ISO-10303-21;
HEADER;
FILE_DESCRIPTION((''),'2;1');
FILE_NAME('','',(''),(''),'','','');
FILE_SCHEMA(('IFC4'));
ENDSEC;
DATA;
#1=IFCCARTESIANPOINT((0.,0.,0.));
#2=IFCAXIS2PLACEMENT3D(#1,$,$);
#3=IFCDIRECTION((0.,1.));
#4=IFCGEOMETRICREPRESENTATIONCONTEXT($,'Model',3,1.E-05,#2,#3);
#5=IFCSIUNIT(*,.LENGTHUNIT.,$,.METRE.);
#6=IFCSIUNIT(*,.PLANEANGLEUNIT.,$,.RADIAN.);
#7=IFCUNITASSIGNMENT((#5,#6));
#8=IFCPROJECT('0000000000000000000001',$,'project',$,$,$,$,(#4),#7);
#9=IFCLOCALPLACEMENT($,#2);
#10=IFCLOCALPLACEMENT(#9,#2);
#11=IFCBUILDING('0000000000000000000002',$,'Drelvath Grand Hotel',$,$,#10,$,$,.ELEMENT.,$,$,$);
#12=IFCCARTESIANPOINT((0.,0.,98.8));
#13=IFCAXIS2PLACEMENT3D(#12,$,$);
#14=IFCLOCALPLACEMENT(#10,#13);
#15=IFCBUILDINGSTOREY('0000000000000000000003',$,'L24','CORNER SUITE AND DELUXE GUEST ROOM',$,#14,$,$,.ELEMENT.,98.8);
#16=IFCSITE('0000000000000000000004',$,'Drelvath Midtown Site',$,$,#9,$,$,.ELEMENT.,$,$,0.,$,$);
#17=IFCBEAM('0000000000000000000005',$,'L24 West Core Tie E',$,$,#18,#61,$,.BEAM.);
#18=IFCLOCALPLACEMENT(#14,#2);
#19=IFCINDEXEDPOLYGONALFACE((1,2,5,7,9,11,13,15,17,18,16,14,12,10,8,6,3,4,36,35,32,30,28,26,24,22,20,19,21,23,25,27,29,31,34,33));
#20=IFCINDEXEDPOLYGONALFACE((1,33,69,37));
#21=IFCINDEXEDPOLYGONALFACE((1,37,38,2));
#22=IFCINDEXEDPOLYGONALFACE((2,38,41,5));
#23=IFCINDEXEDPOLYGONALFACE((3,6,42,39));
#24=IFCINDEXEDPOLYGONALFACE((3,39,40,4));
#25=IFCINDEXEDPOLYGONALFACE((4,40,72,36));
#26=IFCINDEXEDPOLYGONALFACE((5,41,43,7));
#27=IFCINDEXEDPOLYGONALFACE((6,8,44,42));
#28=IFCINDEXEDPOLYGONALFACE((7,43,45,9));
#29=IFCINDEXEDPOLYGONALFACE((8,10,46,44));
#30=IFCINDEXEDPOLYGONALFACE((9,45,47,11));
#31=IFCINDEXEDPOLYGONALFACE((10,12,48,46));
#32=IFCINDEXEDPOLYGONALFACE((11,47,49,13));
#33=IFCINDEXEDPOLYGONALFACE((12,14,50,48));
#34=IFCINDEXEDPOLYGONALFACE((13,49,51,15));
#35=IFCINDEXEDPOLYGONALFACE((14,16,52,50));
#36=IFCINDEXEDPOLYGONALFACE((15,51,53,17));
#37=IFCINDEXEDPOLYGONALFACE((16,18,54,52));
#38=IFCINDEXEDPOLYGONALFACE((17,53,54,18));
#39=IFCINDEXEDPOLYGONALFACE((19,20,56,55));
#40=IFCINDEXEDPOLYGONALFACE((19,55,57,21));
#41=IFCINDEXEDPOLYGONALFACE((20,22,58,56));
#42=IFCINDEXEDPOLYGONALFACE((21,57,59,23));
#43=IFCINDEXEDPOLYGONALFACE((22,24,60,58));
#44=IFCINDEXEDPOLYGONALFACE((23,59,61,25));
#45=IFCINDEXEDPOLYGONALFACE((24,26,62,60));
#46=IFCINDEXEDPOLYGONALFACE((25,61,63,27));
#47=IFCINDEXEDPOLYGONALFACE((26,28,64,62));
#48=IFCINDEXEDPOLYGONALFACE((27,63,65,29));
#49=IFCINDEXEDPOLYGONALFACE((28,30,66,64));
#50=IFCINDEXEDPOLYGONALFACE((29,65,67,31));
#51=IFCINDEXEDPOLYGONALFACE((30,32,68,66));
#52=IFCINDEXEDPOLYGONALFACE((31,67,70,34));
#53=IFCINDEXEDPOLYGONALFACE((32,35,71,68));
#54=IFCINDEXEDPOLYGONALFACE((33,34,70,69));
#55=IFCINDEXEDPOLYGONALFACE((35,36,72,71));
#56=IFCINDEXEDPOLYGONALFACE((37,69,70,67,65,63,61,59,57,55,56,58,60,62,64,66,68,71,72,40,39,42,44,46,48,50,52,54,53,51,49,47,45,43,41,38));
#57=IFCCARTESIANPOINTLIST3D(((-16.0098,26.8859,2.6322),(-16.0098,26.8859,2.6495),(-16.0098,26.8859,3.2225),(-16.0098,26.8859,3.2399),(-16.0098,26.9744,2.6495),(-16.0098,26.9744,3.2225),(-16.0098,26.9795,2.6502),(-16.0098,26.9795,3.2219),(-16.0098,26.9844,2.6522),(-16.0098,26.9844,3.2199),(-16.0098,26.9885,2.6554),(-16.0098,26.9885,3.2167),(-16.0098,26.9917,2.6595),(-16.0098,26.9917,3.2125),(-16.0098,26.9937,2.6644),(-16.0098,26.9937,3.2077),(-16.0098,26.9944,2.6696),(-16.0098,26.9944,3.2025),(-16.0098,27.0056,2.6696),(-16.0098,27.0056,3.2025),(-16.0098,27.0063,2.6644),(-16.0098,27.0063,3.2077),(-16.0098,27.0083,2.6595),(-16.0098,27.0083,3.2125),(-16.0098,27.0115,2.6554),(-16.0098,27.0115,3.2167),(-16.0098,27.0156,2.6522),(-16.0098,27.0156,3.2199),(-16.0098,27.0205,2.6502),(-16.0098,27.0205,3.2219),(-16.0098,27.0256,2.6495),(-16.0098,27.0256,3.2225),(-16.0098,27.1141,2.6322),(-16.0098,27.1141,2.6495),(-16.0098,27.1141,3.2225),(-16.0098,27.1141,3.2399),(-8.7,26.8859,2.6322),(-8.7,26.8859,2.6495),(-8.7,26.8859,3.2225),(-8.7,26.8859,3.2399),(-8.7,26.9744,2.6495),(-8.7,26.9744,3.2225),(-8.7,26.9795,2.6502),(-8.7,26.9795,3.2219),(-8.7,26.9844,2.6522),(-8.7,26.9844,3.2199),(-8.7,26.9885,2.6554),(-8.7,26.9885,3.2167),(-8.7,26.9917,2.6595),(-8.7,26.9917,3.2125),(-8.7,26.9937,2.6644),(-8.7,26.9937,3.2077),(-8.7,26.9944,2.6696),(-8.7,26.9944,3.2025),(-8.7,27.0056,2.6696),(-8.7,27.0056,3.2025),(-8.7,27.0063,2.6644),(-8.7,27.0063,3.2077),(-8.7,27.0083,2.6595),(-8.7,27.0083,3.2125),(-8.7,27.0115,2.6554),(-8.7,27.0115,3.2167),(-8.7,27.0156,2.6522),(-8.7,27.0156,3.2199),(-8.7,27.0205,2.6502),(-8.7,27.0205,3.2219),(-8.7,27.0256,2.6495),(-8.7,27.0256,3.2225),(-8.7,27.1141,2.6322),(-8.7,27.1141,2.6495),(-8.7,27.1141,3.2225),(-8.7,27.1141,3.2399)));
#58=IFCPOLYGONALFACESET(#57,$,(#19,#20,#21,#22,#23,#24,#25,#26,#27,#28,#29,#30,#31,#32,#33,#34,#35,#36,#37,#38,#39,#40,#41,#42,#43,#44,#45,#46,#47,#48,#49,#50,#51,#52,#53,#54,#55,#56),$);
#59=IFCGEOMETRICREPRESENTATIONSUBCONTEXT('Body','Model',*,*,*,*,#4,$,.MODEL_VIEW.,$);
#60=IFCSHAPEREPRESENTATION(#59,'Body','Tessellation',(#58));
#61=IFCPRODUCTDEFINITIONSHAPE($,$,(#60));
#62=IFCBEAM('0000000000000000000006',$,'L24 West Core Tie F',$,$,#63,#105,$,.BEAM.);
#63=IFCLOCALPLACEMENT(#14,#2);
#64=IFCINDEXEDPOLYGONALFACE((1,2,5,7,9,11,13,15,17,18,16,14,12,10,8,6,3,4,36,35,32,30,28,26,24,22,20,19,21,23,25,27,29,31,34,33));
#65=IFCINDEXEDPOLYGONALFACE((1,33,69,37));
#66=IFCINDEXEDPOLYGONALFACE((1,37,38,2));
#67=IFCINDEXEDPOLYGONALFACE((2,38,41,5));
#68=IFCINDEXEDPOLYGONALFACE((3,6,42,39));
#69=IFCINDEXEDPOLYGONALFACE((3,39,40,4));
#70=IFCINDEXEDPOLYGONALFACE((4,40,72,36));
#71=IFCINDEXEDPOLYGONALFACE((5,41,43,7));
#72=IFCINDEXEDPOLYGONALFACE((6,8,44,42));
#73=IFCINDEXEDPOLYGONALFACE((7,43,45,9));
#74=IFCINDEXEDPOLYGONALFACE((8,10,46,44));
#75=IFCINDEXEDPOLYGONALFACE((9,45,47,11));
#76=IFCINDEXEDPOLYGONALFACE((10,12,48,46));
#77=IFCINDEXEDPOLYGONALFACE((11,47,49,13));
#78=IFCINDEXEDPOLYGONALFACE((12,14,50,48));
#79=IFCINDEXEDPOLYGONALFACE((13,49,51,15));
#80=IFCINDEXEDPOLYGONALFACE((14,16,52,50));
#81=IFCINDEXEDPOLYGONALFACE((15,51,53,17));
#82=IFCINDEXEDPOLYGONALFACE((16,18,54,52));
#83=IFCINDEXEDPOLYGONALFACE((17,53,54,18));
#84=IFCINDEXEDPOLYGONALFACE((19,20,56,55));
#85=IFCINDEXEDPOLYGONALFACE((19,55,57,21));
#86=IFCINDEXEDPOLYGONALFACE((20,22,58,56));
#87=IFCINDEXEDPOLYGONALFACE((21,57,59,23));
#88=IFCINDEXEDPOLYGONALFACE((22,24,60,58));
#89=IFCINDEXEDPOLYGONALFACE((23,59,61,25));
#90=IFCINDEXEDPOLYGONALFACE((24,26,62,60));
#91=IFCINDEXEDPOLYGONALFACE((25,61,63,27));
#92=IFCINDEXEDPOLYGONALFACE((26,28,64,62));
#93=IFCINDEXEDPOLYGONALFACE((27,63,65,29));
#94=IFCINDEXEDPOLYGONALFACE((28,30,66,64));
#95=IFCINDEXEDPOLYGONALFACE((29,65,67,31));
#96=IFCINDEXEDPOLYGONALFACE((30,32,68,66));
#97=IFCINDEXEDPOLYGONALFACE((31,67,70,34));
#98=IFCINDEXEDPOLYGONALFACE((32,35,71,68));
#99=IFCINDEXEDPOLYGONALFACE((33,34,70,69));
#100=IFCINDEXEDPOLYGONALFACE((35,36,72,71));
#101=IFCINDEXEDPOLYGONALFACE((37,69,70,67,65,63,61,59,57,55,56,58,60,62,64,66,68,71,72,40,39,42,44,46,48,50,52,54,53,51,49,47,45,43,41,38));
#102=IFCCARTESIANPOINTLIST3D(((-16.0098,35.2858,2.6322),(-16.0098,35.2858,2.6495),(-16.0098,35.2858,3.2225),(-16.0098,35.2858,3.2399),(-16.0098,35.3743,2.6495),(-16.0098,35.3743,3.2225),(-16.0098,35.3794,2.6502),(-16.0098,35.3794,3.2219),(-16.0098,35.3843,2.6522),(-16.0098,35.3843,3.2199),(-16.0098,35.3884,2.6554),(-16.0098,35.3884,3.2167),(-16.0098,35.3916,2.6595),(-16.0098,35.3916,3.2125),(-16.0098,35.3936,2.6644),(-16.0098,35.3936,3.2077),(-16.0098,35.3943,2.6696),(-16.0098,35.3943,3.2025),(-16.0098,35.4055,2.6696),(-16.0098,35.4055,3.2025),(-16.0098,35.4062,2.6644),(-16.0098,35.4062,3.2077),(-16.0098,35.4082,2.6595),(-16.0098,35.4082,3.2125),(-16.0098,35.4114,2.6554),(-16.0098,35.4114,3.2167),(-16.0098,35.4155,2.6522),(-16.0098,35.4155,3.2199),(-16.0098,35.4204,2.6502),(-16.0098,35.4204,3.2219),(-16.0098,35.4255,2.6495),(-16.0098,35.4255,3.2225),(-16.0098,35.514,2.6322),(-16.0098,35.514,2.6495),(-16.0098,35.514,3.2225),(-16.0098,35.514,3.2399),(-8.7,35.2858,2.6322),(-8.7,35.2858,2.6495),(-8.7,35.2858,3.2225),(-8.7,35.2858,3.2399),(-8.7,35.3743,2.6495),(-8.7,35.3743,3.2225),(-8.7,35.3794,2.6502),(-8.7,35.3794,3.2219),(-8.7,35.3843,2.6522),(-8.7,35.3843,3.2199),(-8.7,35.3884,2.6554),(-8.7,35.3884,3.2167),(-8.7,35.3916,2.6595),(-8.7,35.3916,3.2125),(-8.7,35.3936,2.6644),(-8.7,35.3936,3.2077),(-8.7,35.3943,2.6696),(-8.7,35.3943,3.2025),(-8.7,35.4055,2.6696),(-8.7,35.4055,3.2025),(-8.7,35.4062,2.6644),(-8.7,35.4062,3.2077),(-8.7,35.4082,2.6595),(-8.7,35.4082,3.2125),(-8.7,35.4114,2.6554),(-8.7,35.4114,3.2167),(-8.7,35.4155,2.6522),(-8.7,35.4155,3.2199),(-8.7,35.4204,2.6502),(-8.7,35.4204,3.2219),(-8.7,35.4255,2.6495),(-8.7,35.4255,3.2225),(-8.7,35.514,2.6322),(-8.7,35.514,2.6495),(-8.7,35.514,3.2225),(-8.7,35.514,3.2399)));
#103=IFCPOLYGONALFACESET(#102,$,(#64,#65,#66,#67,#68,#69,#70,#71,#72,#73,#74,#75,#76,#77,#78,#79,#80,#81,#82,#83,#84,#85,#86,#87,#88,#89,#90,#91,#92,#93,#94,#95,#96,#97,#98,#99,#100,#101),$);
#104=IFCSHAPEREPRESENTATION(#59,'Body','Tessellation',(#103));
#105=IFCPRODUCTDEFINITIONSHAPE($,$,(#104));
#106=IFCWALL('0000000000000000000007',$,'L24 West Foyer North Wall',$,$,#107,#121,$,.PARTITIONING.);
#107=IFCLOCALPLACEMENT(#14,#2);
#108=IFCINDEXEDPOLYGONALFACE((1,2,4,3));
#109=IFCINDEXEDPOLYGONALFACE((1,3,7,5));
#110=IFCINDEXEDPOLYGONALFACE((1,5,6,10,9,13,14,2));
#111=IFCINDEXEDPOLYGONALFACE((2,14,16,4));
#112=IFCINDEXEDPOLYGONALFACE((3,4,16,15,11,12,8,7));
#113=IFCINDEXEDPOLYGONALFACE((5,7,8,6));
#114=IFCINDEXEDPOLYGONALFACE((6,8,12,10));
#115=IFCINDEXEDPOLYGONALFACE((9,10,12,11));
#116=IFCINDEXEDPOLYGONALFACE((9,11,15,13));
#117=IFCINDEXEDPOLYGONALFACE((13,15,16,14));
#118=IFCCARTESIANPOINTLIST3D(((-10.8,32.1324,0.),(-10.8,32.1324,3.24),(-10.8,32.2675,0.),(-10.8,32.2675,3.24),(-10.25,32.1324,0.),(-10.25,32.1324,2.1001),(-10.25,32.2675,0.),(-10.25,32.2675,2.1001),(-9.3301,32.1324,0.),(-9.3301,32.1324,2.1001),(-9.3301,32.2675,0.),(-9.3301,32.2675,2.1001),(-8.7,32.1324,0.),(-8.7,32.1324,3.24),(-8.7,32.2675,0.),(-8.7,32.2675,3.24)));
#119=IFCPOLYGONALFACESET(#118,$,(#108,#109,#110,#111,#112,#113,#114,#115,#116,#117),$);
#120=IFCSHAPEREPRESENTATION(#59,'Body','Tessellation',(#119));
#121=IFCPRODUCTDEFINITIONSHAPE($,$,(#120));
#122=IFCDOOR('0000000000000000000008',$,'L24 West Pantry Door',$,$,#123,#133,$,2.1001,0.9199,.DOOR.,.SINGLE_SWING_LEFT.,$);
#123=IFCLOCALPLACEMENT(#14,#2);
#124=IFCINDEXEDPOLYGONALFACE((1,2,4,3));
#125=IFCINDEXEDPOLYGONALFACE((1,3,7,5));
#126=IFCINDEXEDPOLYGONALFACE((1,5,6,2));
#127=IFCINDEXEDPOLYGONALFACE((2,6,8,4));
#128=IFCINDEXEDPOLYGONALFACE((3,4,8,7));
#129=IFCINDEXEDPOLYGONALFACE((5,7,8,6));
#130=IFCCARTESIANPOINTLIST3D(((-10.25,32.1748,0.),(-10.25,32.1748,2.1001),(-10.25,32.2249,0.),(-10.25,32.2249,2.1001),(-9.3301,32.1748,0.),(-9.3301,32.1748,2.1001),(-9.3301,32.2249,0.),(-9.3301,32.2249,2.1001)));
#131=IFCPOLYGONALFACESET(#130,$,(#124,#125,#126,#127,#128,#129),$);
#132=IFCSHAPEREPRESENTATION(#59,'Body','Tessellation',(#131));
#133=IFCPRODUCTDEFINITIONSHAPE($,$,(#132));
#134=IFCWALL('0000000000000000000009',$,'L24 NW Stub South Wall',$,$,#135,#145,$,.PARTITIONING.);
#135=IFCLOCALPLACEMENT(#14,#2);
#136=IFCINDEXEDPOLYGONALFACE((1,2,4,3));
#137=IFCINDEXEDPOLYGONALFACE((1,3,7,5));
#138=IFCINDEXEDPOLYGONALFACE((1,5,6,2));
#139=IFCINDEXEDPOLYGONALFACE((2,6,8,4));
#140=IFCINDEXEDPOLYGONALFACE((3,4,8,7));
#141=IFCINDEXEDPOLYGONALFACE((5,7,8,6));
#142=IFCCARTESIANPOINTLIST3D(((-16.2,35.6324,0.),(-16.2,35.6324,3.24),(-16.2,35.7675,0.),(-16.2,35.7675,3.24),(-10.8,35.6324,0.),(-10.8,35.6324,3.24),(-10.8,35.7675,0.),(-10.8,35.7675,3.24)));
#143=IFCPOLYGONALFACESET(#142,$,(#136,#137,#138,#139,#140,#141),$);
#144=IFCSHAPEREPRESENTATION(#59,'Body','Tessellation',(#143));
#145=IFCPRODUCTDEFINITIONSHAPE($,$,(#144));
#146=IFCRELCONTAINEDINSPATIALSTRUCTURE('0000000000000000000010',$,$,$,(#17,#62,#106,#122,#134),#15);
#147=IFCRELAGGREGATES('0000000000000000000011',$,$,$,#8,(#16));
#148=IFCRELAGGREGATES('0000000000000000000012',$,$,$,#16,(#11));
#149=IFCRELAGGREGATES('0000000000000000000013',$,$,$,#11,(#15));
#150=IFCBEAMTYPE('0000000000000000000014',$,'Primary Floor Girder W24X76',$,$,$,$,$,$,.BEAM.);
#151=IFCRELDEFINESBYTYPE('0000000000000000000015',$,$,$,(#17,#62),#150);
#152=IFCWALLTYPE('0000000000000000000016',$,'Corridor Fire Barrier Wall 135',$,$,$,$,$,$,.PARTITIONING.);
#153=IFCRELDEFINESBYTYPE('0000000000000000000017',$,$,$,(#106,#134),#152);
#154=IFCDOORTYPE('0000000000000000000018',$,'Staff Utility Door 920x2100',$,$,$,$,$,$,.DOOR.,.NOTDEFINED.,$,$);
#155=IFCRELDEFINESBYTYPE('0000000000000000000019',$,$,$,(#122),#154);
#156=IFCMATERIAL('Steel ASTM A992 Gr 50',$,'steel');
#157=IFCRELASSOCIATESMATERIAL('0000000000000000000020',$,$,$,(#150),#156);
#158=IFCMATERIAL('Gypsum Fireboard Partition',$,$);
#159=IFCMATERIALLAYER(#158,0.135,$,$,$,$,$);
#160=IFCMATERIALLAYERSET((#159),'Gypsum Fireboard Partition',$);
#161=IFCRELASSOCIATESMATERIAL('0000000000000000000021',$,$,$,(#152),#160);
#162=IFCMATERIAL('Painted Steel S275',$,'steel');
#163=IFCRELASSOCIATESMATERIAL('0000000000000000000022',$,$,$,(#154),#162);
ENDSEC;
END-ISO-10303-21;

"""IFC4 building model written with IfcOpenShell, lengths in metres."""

from ifc_helpers import new_model, si_unit, direction, frame, frame_2d, origin, origin_2d, place, context, subcontext, project, spatial, rectangle, i_section, extrude, material, layer, layer_set, material_profile, profile_set, type_object, element, fill, save


model = new_model("IFC4")

# Units and contexts
model_context = context("Model", 3, precision=1e-05, world=origin(), true_north=direction((0.0, 1.0)))
body_context = subcontext(model_context, "Body", "Model", "MODEL_VIEW")
ifc_project = project(units=[si_unit("LENGTHUNIT", "METRE"), si_unit("PLANEANGLEUNIT", "RADIAN")], contexts=[model_context])

# Site, building, storey
site_placement = place(None, origin())
site = spatial("IfcSite", under=ifc_project, at=site_placement, Name="Drelvath Midtown Site", CompositionType="ELEMENT", RefElevation=0.0)
building_placement = place(site_placement, origin())
building = spatial("IfcBuilding", under=site, at=building_placement, Name="Drelvath Grand Hotel", CompositionType="ELEMENT")
storey_placement = place(building_placement, frame((0.0, 0.0, 98.8)))
storey = spatial("IfcBuildingStorey", under=building, at=storey_placement, Name="L24", Description="CORNER SUITE AND DELUXE GUEST ROOM", CompositionType="ELEMENT", Elevation=98.8)

# Beams
ifc_material_1 = material(Name="Steel ASTM A992 Gr 50", Category="steel")
ifc_material_profile = material_profile(ifc_material_1, i_section(OverallWidth=0.2283, OverallDepth=0.6077, WebThickness=0.0112, FlangeThickness=0.0173, FilletRadius=0.02, at=origin_2d()), Name="W24X76")
ifc_profile_set = profile_set([ifc_material_profile], Name="Steel ASTM A992 Gr 50")
beam_type = type_object("IfcBeamType", Name="Primary Floor Girder W24X76", PredefinedType="BEAM", material=ifc_profile_set)
for number, where, z_axis, x_axis, name in (
    (1, (-16.0098, 27.0, 2.936), (1.0, 0.0, 0.0), (0.0, 1.0, 0.0), "L24 West Core Tie E"),
    (2, (-16.0098, 35.3999, 2.936), (1.0, 0.0, 0.0), (0.0, 1.0, 0.0), "L24 West Core Tie F"),
):
    element("IfcBeam", number, at=place(storey_placement, frame(where, z_axis=z_axis, x_axis=x_axis)), inside=storey, type_object=beam_type, Name=name, PredefinedType="BEAM", context=body_context, shape_type="SweptSolid", body=[
        extrude(i_section(OverallWidth=0.2283, OverallDepth=0.6077, WebThickness=0.0112, FlangeThickness=0.0173, FilletRadius=0.02, at=origin_2d()), origin(), (0.0, 0.0, 1.0), 7.3098),
    ])

# Wall, opening, door
ifc_material_2 = material(Name="Gypsum Fireboard Partition")
ifc_layer_1 = layer(ifc_material_2, 0.135)
ifc_layer_set_1 = layer_set([ifc_layer_1], Name="Gypsum Fireboard Partition")
wall_type_1 = type_object("IfcWallType", Name="Corridor Fire Barrier Wall 135", PredefinedType="PARTITIONING", material=ifc_layer_set_1)
wall_1_placement = place(storey_placement, frame((-10.8, 32.2, 0.0), z_axis=(0.0, 0.0, 1.0), x_axis=(1.0, 0.0, 0.0)))
wall_1 = element("IfcWall", 3, at=wall_1_placement, inside=storey, type_object=wall_type_1, Name="L24 West Foyer North Wall", PredefinedType="PARTITIONING", context=body_context, shape_type="SweptSolid", body=[
    extrude(rectangle(XDim=2.1001, YDim=0.135, at=frame_2d((1.05, 0.0))), origin(), (0.0, 0.0, 1.0), 3.24),
])
opening_1_placement = place(wall_1_placement, frame((0.55, 0.0, 0.0)))
opening_1 = element("IfcOpeningElement", 4, at=opening_1_placement, cuts=wall_1, PredefinedType="OPENING", context=body_context, shape_type="SweptSolid", body=[
    extrude(rectangle(XDim=0.9199, YDim=2.1001, at=frame_2d((0.46, 1.05))), frame((0.0, 0.0774, 0.0), z_axis=(0.0, -1.0, 0.0), x_axis=(1.0, 0.0, 0.0)), (0.0, 0.0, 1.0), 0.155),
])
ifc_material_3 = material(Name="Painted Steel S275", Category="steel")
door_type_1 = type_object("IfcDoorType", Name="Staff Utility Door 920x2100", OperationType="NOTDEFINED", PredefinedType="DOOR", material=ifc_material_3)
door_1_placement = place(opening_1_placement, origin())
door_1 = element("IfcDoor", 5, at=door_1_placement, inside=storey, type_object=door_type_1, Name="L24 West Pantry Door", OperationType="SINGLE_SWING_LEFT", OverallHeight=2.1001, OverallWidth=0.9199, PredefinedType="DOOR", context=body_context, shape_type="SweptSolid", body=[
    extrude(rectangle(XDim=0.9199, YDim=2.1001, at=frame_2d((0.46, 1.05))), frame((0.0, 0.0249, 0.0), z_axis=(0.0, -1.0, 0.0), x_axis=(1.0, 0.0, 0.0)), (0.0, 0.0, 1.0), 0.05),
])
fill(opening_1, door_1)

# Wall
wall_2_placement = place(storey_placement, frame((-16.2, 35.7, 0.0), z_axis=(0.0, 0.0, 1.0), x_axis=(1.0, 0.0, 0.0)))
element("IfcWall", 6, at=wall_2_placement, inside=storey, type_object=wall_type_1, Name="L24 NW Stub South Wall", PredefinedType="PARTITIONING", context=body_context, shape_type="SweptSolid", body=[
    extrude(rectangle(XDim=5.3999, YDim=0.135, at=frame_2d((2.7, 0.0))), origin(), (0.0, 0.0, 1.0), 3.24),
])

save(model, "model.ifc")
